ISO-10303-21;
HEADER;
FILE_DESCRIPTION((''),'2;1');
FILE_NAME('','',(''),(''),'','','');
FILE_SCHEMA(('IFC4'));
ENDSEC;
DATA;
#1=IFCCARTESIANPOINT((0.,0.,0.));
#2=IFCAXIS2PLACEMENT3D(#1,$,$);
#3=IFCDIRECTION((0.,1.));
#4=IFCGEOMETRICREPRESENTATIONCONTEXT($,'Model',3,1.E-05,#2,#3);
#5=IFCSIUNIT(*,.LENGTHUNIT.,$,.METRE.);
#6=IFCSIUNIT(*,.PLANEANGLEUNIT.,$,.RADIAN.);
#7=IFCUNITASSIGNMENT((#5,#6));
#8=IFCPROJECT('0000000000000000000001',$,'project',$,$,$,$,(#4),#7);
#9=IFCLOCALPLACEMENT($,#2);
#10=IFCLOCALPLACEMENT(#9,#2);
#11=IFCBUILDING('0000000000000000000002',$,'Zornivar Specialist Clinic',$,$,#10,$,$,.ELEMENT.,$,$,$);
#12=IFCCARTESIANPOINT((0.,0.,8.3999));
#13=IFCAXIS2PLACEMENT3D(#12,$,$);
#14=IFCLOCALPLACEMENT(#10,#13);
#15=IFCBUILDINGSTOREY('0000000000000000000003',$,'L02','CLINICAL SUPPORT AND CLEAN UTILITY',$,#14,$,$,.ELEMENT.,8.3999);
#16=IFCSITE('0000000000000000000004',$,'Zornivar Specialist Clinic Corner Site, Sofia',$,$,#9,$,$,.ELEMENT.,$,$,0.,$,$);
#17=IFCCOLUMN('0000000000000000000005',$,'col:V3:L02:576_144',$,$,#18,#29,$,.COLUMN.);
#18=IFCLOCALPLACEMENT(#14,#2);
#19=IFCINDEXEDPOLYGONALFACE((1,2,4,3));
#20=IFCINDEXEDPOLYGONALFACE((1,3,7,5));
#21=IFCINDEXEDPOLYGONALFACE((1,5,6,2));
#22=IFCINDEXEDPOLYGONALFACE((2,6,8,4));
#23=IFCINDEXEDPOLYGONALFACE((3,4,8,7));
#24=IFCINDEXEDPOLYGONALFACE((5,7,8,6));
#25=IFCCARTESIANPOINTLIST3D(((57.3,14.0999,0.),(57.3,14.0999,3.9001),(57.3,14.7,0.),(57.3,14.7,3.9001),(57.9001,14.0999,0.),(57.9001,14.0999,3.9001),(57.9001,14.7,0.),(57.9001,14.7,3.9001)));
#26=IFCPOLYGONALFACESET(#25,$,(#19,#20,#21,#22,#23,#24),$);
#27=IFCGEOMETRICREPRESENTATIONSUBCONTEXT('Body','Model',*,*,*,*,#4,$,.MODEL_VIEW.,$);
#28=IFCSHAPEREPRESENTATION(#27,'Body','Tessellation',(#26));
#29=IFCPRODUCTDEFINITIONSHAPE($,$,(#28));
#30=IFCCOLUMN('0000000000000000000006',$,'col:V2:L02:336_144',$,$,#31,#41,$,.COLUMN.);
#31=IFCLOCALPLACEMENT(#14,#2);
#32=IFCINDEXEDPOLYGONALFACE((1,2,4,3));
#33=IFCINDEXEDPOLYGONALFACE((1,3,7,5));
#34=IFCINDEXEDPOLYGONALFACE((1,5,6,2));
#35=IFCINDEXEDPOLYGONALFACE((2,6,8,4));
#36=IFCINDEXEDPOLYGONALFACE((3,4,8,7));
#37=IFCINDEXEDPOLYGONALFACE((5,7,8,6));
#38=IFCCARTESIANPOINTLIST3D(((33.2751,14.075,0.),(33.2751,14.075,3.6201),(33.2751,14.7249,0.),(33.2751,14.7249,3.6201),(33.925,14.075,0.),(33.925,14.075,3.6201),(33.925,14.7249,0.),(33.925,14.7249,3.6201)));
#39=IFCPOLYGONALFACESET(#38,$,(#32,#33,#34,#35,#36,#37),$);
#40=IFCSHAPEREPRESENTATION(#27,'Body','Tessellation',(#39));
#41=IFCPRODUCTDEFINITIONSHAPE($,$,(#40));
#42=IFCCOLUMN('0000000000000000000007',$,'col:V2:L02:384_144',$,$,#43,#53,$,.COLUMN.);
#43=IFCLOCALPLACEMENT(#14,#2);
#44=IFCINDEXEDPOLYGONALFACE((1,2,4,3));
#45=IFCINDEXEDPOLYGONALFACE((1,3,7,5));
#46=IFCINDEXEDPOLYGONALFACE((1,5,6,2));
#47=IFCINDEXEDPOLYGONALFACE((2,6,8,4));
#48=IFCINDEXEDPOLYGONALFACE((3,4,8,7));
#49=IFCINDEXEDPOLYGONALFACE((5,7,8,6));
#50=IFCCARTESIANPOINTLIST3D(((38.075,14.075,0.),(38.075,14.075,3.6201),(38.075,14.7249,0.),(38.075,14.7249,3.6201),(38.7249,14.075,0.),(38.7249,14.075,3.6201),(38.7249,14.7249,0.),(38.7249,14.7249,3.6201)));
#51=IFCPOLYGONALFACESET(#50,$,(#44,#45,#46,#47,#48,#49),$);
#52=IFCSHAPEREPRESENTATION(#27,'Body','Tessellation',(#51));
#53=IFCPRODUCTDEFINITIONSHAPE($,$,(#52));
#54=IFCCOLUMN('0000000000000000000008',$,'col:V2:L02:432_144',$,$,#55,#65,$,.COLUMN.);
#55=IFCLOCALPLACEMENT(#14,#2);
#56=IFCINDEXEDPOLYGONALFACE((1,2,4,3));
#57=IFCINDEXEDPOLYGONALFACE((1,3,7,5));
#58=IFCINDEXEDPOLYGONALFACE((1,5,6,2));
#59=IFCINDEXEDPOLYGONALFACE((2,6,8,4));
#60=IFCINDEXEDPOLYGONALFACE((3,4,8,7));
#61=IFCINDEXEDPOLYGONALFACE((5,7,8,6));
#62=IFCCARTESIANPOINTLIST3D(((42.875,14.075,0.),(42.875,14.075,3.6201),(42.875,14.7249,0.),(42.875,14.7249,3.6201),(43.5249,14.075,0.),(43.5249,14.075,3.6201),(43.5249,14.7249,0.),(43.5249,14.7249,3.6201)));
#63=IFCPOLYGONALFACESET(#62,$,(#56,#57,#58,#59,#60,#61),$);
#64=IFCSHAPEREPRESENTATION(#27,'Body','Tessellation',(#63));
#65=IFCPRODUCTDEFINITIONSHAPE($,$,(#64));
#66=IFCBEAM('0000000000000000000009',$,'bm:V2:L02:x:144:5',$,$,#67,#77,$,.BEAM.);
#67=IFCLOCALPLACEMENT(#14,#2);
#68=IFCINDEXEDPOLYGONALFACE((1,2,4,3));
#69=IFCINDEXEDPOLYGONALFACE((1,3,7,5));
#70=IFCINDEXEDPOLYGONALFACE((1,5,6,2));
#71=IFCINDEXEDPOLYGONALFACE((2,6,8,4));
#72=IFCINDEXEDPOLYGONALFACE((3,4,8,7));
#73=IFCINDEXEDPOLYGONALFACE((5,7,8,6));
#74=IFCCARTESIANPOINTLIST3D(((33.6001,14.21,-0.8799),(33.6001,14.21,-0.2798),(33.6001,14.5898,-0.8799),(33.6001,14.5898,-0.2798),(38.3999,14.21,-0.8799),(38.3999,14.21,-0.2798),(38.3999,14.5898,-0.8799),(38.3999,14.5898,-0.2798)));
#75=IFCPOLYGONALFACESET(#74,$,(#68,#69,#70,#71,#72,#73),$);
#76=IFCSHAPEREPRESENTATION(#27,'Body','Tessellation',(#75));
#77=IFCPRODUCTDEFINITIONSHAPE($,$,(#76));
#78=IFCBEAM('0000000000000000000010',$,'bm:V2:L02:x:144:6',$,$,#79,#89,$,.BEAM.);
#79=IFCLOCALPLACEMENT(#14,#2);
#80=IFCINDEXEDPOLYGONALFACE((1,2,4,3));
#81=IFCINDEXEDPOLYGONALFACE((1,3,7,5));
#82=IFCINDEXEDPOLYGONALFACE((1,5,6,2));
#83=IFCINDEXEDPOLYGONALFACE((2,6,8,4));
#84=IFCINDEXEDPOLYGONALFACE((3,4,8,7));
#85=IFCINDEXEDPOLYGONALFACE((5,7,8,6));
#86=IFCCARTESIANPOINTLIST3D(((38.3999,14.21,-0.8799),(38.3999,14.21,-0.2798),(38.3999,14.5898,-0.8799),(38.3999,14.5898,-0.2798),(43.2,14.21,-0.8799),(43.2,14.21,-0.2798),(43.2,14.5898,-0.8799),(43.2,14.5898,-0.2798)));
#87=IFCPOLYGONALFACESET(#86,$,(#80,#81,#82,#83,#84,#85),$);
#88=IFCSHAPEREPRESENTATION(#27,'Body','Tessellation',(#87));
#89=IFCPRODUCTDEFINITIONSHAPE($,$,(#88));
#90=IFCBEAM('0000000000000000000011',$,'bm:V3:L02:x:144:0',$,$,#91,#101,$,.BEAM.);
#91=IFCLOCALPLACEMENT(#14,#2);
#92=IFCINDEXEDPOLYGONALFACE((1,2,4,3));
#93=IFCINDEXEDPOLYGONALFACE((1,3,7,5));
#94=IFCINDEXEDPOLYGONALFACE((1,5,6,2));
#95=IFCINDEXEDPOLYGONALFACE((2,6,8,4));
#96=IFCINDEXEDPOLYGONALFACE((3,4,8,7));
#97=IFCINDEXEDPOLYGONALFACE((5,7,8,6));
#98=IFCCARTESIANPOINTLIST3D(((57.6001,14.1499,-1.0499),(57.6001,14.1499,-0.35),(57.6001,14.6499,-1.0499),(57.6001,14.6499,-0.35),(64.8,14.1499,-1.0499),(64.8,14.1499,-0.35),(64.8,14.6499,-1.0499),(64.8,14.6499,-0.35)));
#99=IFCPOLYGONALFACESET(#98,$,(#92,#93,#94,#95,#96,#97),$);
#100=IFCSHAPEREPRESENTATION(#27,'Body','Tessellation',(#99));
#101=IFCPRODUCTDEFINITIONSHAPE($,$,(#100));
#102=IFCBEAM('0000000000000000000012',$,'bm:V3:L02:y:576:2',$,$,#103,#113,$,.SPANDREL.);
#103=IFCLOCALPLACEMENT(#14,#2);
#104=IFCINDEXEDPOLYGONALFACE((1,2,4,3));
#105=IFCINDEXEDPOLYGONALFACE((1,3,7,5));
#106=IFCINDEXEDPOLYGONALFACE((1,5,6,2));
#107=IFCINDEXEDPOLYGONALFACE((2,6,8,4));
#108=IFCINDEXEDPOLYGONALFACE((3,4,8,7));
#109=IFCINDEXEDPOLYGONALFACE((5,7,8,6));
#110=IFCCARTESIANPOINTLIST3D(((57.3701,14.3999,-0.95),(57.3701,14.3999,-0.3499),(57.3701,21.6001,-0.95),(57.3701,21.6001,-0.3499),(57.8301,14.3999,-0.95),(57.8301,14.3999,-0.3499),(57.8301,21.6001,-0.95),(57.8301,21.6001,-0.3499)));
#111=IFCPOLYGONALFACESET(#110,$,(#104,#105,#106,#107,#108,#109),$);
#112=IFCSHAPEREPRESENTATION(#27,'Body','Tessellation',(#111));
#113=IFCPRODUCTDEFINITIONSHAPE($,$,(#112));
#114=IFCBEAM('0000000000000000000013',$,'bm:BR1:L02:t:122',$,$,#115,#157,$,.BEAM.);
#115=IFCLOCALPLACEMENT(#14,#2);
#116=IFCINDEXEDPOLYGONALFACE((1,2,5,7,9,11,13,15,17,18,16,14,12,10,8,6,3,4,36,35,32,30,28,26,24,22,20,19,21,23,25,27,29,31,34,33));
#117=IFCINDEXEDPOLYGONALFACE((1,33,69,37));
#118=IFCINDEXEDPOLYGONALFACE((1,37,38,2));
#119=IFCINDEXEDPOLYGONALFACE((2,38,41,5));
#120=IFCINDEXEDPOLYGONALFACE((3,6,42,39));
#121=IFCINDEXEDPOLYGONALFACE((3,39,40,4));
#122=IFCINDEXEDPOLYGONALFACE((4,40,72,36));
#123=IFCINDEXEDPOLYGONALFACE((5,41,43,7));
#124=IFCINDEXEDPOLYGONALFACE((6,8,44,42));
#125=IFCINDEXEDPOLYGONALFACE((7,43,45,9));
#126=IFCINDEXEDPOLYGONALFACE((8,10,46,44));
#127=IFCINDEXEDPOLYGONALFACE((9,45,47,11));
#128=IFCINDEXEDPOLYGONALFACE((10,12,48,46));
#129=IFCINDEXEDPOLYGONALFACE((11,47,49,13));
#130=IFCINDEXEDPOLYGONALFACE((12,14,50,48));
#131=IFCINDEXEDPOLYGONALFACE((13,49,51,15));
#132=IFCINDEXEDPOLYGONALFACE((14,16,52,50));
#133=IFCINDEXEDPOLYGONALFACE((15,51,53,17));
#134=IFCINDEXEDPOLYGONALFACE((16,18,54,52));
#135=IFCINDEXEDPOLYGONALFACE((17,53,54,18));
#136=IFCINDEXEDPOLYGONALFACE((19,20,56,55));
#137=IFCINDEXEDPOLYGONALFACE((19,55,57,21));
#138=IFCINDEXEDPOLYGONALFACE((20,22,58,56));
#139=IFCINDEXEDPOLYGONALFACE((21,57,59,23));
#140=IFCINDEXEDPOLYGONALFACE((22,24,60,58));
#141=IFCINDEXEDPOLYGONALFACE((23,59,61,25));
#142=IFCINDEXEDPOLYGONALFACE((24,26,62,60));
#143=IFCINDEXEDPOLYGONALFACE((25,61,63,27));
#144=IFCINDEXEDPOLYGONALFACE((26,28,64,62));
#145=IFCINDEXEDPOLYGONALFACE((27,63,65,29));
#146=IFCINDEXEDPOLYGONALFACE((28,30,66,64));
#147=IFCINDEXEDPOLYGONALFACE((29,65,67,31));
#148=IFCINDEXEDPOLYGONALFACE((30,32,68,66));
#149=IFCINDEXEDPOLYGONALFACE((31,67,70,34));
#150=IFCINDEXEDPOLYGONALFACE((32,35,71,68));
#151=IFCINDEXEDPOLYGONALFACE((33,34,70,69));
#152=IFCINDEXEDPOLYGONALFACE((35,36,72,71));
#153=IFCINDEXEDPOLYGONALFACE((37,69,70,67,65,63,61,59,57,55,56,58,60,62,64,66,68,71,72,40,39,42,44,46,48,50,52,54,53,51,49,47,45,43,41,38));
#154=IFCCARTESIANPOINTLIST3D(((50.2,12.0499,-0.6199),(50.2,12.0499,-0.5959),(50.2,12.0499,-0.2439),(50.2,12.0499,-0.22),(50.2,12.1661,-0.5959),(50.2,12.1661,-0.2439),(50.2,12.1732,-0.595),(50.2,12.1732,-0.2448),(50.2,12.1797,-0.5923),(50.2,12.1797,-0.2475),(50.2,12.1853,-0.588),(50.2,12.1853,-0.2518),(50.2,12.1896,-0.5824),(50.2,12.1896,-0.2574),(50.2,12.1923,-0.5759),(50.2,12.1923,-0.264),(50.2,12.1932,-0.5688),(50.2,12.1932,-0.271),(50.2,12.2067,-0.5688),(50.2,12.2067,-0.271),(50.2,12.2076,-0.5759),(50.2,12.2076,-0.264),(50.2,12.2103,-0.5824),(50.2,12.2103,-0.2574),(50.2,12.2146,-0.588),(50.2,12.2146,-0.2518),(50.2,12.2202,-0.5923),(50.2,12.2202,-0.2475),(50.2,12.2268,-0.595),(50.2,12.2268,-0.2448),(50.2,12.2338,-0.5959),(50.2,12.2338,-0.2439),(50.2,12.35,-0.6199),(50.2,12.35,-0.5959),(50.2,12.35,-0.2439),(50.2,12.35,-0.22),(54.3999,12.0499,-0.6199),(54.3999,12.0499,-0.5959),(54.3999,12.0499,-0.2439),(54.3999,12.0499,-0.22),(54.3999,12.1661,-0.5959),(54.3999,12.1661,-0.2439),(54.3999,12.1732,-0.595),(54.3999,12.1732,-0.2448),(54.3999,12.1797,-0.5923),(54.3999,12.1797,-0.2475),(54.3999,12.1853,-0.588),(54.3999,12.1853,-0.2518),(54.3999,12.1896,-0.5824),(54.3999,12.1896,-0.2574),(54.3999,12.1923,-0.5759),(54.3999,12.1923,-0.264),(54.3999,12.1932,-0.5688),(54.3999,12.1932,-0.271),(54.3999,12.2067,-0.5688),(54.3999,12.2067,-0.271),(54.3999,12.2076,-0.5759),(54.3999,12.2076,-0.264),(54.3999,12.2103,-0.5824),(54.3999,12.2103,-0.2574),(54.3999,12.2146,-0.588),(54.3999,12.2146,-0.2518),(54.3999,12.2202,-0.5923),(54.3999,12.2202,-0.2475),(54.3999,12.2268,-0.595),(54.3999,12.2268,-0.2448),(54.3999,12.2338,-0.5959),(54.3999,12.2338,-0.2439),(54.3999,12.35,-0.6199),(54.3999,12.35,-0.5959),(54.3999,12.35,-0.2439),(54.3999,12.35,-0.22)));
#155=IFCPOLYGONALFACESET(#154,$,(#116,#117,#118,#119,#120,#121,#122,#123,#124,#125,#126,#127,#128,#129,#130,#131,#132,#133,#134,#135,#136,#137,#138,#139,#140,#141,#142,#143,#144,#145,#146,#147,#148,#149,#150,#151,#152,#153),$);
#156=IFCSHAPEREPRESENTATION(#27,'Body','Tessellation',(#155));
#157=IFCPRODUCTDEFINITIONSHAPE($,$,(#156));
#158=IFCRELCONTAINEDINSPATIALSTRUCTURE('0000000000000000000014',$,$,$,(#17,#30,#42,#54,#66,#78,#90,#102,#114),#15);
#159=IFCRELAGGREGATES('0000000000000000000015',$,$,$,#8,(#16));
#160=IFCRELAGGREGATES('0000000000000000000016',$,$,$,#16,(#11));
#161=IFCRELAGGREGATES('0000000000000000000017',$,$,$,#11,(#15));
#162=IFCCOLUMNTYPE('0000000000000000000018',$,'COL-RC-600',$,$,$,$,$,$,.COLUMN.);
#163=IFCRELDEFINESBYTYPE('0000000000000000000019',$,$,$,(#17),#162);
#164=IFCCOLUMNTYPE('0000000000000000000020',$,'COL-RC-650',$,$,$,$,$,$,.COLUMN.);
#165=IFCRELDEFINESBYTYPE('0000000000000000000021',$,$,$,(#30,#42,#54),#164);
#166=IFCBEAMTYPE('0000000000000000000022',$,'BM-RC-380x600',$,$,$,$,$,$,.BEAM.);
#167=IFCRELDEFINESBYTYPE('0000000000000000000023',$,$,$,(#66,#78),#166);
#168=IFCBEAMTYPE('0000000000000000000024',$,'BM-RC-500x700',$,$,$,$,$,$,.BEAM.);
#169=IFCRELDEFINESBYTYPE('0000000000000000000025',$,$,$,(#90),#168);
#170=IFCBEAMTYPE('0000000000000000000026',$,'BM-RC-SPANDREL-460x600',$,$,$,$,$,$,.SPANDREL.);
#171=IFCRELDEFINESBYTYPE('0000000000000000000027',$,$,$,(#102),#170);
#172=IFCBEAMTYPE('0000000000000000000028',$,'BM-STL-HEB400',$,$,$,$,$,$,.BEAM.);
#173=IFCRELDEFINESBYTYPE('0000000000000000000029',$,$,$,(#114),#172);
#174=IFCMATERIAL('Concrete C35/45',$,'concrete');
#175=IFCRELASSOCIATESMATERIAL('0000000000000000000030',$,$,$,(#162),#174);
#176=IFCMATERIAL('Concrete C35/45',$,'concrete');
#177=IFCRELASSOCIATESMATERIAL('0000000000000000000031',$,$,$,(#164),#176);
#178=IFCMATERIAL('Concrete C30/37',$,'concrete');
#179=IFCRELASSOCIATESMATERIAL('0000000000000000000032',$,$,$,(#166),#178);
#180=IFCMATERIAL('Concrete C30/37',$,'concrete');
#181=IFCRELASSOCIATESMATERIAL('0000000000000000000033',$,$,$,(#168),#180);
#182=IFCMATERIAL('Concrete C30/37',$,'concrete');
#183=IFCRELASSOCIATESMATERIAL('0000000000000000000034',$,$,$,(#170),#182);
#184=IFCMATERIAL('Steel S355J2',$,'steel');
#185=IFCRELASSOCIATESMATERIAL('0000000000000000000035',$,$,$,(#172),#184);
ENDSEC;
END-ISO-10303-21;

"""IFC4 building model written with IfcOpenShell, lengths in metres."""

from ifc_helpers import new_model, si_unit, direction, frame, origin, origin_2d, place, context, subcontext, project, spatial, rectangle, i_section, extrude, material, material_profile, profile_set, type_object, element, save


model = new_model("IFC4")

# Units and contexts
model_context = context("Model", 3, precision=1e-05, world=origin(), true_north=direction((0.0, 1.0)))
body_context = subcontext(model_context, "Body", "Model", "MODEL_VIEW")
ifc_project = project(units=[si_unit("LENGTHUNIT", "METRE"), si_unit("PLANEANGLEUNIT", "RADIAN")], contexts=[model_context])

# Site, building, storey
site_placement = place(None, origin())
site = spatial("IfcSite", under=ifc_project, at=site_placement, Name="Zornivar Specialist Clinic Corner Site, Sofia", CompositionType="ELEMENT", RefElevation=0.0)
building_placement = place(site_placement, origin())
building = spatial("IfcBuilding", under=site, at=building_placement, Name="Zornivar Specialist Clinic", CompositionType="ELEMENT")
storey_placement = place(building_placement, frame((0.0, 0.0, 8.3999)))
storey = spatial("IfcBuildingStorey", under=building, at=storey_placement, Name="L02", Description="CLINICAL SUPPORT AND CLEAN UTILITY", CompositionType="ELEMENT", Elevation=8.3999)

# Columns
ifc_material_1 = material(Name="Concrete C35/45", Category="concrete")
ifc_material_profile_1 = material_profile(ifc_material_1, rectangle(XDim=0.6001, YDim=0.6001, at=origin_2d()), Name="RC 600x600")
ifc_profile_set_1 = profile_set([ifc_material_profile_1], Name="Concrete C35/45")
column_type_1 = type_object("IfcColumnType", Name="COL-RC-600", PredefinedType="COLUMN", material=ifc_profile_set_1)
column_placement = place(storey_placement, frame((57.6001, 14.3999, 0.0), z_axis=(0.0, 0.0, 1.0), x_axis=(1.0, 0.0, 0.0)))
element("IfcColumn", 1, at=column_placement, inside=storey, type_object=column_type_1, Name="col:V3:L02:576_144", PredefinedType="COLUMN", context=body_context, shape_type="SweptSolid", body=[
    extrude(rectangle(XDim=0.6001, YDim=0.6001, at=origin_2d()), origin(), (0.0, 0.0, 1.0), 3.9001),
])
ifc_material_2 = material(Name="Concrete C35/45", Category="concrete")
ifc_material_profile_2 = material_profile(ifc_material_2, rectangle(XDim=0.6499, YDim=0.6499, at=origin_2d()), Name="RC 650x650")
ifc_profile_set_2 = profile_set([ifc_material_profile_2], Name="Concrete C35/45")
column_type_2 = type_object("IfcColumnType", Name="COL-RC-650", PredefinedType="COLUMN", material=ifc_profile_set_2)
for number, where, z_axis, x_axis, name in (
    (2, (33.6001, 14.3999, 0.0), (0.0, 0.0, 1.0), (1.0, 0.0, 0.0), "col:V2:L02:336_144"),
    (3, (38.3999, 14.3999, 0.0), (0.0, 0.0, 1.0), (1.0, 0.0, 0.0), "col:V2:L02:384_144"),
    (4, (43.2, 14.3999, 0.0), (0.0, 0.0, 1.0), (1.0, 0.0, 0.0), "col:V2:L02:432_144"),
):
    element("IfcColumn", number, at=place(storey_placement, frame(where, z_axis=z_axis, x_axis=x_axis)), inside=storey, type_object=column_type_2, Name=name, PredefinedType="COLUMN", context=body_context, shape_type="SweptSolid", body=[
        extrude(rectangle(XDim=0.6499, YDim=0.6499, at=origin_2d()), origin(), (0.0, 0.0, 1.0), 3.6201),
    ])

# Beams
ifc_material_3 = material(Name="Concrete C30/37", Category="concrete")
ifc_material_profile_3 = material_profile(ifc_material_3, rectangle(XDim=0.3799, YDim=0.6001, at=origin_2d()), Name="RC 380x600")
ifc_profile_set_3 = profile_set([ifc_material_profile_3], Name="Concrete C30/37")
beam_type_1 = type_object("IfcBeamType", Name="BM-RC-380x600", PredefinedType="BEAM", material=ifc_profile_set_3)
beam_1_placement = place(storey_placement, frame((33.6001, 14.3999, -0.5798), z_axis=(1.0, 0.0, 0.0), x_axis=(0.0, 1.0, 0.0)))
element("IfcBeam", 5, at=beam_1_placement, inside=storey, type_object=beam_type_1, Name="bm:V2:L02:x:144:5", PredefinedType="BEAM", context=body_context, shape_type="SweptSolid", body=[
    extrude(rectangle(XDim=0.3799, YDim=0.6001, at=origin_2d()), origin(), (0.0, 0.0, 1.0), 4.7998),
])
beam_2_placement = place(storey_placement, frame((38.3999, 14.3999, -0.5798), z_axis=(1.0, 0.0, 0.0), x_axis=(0.0, 1.0, 0.0)))
element("IfcBeam", 6, at=beam_2_placement, inside=storey, type_object=beam_type_1, Name="bm:V2:L02:x:144:6", PredefinedType="BEAM", context=body_context, shape_type="SweptSolid", body=[
    extrude(rectangle(XDim=0.3799, YDim=0.6001, at=origin_2d()), origin(), (0.0, 0.0, 1.0), 4.8),
])
ifc_material_4 = material(Name="Concrete C30/37", Category="concrete")
ifc_material_profile_4 = material_profile(ifc_material_4, rectangle(XDim=0.5, YDim=0.7, at=origin_2d()), Name="RC 500x700")
ifc_profile_set_4 = profile_set([ifc_material_profile_4], Name="Concrete C30/37")
beam_type_2 = type_object("IfcBeamType", Name="BM-RC-500x700", PredefinedType="BEAM", material=ifc_profile_set_4)
beam_3_placement = place(storey_placement, frame((57.6001, 14.3999, -0.7), z_axis=(1.0, 0.0, 0.0), x_axis=(0.0, 1.0, 0.0)))
element("IfcBeam", 7, at=beam_3_placement, inside=storey, type_object=beam_type_2, Name="bm:V3:L02:x:144:0", PredefinedType="BEAM", context=body_context, shape_type="SweptSolid", body=[
    extrude(rectangle(XDim=0.5, YDim=0.7, at=origin_2d()), origin(), (0.0, 0.0, 1.0), 7.2),
])
ifc_material_5 = material(Name="Concrete C30/37", Category="concrete")
ifc_material_profile_5 = material_profile(ifc_material_5, rectangle(XDim=0.46, YDim=0.6001, at=origin_2d()), Name="RC 460x600")
ifc_profile_set_5 = profile_set([ifc_material_profile_5], Name="Concrete C30/37")
beam_type_3 = type_object("IfcBeamType", Name="BM-RC-SPANDREL-460x600", PredefinedType="SPANDREL", material=ifc_profile_set_5)
beam_4_placement = place(storey_placement, frame((57.6001, 14.3999, -0.6499), z_axis=(0.0, 1.0, 0.0), x_axis=(-1.0, 0.0, 0.0)))
element("IfcBeam", 8, at=beam_4_placement, inside=storey, type_object=beam_type_3, Name="bm:V3:L02:y:576:2", PredefinedType="SPANDREL", context=body_context, shape_type="SweptSolid", body=[
    extrude(rectangle(XDim=0.46, YDim=0.6001, at=origin_2d()), origin(), (0.0, 0.0, 1.0), 7.2002),
])
ifc_material_6 = material(Name="Steel S355J2", Category="steel")
ifc_material_profile_6 = material_profile(ifc_material_6, i_section(OverallWidth=0.3, OverallDepth=0.3999, WebThickness=0.0134, FlangeThickness=0.0239, FilletRadius=0.0271, at=origin_2d()), Name="HEB 400")
ifc_profile_set_6 = profile_set([ifc_material_profile_6], Name="Steel S355J2")
beam_type_4 = type_object("IfcBeamType", Name="BM-STL-HEB400", PredefinedType="BEAM", material=ifc_profile_set_6)
for number, where, z_axis, x_axis, name in (
    (9, (50.2, 12.2, -0.4199), (1.0, 0.0, 0.0), (0.0, 1.0, 0.0), "bm:BR1:L02:t:122"),
):
    element("IfcBeam", number, at=place(storey_placement, frame(where, z_axis=z_axis, x_axis=x_axis)), inside=storey, type_object=beam_type_4, Name=name, PredefinedType="BEAM", context=body_context, shape_type="SweptSolid", body=[
        extrude(i_section(OverallWidth=0.3, OverallDepth=0.3999, WebThickness=0.0134, FlangeThickness=0.0239, FilletRadius=0.0271, at=origin_2d()), origin(), (0.0, 0.0, 1.0), 4.2),
    ])

save(model, "model.ifc")
